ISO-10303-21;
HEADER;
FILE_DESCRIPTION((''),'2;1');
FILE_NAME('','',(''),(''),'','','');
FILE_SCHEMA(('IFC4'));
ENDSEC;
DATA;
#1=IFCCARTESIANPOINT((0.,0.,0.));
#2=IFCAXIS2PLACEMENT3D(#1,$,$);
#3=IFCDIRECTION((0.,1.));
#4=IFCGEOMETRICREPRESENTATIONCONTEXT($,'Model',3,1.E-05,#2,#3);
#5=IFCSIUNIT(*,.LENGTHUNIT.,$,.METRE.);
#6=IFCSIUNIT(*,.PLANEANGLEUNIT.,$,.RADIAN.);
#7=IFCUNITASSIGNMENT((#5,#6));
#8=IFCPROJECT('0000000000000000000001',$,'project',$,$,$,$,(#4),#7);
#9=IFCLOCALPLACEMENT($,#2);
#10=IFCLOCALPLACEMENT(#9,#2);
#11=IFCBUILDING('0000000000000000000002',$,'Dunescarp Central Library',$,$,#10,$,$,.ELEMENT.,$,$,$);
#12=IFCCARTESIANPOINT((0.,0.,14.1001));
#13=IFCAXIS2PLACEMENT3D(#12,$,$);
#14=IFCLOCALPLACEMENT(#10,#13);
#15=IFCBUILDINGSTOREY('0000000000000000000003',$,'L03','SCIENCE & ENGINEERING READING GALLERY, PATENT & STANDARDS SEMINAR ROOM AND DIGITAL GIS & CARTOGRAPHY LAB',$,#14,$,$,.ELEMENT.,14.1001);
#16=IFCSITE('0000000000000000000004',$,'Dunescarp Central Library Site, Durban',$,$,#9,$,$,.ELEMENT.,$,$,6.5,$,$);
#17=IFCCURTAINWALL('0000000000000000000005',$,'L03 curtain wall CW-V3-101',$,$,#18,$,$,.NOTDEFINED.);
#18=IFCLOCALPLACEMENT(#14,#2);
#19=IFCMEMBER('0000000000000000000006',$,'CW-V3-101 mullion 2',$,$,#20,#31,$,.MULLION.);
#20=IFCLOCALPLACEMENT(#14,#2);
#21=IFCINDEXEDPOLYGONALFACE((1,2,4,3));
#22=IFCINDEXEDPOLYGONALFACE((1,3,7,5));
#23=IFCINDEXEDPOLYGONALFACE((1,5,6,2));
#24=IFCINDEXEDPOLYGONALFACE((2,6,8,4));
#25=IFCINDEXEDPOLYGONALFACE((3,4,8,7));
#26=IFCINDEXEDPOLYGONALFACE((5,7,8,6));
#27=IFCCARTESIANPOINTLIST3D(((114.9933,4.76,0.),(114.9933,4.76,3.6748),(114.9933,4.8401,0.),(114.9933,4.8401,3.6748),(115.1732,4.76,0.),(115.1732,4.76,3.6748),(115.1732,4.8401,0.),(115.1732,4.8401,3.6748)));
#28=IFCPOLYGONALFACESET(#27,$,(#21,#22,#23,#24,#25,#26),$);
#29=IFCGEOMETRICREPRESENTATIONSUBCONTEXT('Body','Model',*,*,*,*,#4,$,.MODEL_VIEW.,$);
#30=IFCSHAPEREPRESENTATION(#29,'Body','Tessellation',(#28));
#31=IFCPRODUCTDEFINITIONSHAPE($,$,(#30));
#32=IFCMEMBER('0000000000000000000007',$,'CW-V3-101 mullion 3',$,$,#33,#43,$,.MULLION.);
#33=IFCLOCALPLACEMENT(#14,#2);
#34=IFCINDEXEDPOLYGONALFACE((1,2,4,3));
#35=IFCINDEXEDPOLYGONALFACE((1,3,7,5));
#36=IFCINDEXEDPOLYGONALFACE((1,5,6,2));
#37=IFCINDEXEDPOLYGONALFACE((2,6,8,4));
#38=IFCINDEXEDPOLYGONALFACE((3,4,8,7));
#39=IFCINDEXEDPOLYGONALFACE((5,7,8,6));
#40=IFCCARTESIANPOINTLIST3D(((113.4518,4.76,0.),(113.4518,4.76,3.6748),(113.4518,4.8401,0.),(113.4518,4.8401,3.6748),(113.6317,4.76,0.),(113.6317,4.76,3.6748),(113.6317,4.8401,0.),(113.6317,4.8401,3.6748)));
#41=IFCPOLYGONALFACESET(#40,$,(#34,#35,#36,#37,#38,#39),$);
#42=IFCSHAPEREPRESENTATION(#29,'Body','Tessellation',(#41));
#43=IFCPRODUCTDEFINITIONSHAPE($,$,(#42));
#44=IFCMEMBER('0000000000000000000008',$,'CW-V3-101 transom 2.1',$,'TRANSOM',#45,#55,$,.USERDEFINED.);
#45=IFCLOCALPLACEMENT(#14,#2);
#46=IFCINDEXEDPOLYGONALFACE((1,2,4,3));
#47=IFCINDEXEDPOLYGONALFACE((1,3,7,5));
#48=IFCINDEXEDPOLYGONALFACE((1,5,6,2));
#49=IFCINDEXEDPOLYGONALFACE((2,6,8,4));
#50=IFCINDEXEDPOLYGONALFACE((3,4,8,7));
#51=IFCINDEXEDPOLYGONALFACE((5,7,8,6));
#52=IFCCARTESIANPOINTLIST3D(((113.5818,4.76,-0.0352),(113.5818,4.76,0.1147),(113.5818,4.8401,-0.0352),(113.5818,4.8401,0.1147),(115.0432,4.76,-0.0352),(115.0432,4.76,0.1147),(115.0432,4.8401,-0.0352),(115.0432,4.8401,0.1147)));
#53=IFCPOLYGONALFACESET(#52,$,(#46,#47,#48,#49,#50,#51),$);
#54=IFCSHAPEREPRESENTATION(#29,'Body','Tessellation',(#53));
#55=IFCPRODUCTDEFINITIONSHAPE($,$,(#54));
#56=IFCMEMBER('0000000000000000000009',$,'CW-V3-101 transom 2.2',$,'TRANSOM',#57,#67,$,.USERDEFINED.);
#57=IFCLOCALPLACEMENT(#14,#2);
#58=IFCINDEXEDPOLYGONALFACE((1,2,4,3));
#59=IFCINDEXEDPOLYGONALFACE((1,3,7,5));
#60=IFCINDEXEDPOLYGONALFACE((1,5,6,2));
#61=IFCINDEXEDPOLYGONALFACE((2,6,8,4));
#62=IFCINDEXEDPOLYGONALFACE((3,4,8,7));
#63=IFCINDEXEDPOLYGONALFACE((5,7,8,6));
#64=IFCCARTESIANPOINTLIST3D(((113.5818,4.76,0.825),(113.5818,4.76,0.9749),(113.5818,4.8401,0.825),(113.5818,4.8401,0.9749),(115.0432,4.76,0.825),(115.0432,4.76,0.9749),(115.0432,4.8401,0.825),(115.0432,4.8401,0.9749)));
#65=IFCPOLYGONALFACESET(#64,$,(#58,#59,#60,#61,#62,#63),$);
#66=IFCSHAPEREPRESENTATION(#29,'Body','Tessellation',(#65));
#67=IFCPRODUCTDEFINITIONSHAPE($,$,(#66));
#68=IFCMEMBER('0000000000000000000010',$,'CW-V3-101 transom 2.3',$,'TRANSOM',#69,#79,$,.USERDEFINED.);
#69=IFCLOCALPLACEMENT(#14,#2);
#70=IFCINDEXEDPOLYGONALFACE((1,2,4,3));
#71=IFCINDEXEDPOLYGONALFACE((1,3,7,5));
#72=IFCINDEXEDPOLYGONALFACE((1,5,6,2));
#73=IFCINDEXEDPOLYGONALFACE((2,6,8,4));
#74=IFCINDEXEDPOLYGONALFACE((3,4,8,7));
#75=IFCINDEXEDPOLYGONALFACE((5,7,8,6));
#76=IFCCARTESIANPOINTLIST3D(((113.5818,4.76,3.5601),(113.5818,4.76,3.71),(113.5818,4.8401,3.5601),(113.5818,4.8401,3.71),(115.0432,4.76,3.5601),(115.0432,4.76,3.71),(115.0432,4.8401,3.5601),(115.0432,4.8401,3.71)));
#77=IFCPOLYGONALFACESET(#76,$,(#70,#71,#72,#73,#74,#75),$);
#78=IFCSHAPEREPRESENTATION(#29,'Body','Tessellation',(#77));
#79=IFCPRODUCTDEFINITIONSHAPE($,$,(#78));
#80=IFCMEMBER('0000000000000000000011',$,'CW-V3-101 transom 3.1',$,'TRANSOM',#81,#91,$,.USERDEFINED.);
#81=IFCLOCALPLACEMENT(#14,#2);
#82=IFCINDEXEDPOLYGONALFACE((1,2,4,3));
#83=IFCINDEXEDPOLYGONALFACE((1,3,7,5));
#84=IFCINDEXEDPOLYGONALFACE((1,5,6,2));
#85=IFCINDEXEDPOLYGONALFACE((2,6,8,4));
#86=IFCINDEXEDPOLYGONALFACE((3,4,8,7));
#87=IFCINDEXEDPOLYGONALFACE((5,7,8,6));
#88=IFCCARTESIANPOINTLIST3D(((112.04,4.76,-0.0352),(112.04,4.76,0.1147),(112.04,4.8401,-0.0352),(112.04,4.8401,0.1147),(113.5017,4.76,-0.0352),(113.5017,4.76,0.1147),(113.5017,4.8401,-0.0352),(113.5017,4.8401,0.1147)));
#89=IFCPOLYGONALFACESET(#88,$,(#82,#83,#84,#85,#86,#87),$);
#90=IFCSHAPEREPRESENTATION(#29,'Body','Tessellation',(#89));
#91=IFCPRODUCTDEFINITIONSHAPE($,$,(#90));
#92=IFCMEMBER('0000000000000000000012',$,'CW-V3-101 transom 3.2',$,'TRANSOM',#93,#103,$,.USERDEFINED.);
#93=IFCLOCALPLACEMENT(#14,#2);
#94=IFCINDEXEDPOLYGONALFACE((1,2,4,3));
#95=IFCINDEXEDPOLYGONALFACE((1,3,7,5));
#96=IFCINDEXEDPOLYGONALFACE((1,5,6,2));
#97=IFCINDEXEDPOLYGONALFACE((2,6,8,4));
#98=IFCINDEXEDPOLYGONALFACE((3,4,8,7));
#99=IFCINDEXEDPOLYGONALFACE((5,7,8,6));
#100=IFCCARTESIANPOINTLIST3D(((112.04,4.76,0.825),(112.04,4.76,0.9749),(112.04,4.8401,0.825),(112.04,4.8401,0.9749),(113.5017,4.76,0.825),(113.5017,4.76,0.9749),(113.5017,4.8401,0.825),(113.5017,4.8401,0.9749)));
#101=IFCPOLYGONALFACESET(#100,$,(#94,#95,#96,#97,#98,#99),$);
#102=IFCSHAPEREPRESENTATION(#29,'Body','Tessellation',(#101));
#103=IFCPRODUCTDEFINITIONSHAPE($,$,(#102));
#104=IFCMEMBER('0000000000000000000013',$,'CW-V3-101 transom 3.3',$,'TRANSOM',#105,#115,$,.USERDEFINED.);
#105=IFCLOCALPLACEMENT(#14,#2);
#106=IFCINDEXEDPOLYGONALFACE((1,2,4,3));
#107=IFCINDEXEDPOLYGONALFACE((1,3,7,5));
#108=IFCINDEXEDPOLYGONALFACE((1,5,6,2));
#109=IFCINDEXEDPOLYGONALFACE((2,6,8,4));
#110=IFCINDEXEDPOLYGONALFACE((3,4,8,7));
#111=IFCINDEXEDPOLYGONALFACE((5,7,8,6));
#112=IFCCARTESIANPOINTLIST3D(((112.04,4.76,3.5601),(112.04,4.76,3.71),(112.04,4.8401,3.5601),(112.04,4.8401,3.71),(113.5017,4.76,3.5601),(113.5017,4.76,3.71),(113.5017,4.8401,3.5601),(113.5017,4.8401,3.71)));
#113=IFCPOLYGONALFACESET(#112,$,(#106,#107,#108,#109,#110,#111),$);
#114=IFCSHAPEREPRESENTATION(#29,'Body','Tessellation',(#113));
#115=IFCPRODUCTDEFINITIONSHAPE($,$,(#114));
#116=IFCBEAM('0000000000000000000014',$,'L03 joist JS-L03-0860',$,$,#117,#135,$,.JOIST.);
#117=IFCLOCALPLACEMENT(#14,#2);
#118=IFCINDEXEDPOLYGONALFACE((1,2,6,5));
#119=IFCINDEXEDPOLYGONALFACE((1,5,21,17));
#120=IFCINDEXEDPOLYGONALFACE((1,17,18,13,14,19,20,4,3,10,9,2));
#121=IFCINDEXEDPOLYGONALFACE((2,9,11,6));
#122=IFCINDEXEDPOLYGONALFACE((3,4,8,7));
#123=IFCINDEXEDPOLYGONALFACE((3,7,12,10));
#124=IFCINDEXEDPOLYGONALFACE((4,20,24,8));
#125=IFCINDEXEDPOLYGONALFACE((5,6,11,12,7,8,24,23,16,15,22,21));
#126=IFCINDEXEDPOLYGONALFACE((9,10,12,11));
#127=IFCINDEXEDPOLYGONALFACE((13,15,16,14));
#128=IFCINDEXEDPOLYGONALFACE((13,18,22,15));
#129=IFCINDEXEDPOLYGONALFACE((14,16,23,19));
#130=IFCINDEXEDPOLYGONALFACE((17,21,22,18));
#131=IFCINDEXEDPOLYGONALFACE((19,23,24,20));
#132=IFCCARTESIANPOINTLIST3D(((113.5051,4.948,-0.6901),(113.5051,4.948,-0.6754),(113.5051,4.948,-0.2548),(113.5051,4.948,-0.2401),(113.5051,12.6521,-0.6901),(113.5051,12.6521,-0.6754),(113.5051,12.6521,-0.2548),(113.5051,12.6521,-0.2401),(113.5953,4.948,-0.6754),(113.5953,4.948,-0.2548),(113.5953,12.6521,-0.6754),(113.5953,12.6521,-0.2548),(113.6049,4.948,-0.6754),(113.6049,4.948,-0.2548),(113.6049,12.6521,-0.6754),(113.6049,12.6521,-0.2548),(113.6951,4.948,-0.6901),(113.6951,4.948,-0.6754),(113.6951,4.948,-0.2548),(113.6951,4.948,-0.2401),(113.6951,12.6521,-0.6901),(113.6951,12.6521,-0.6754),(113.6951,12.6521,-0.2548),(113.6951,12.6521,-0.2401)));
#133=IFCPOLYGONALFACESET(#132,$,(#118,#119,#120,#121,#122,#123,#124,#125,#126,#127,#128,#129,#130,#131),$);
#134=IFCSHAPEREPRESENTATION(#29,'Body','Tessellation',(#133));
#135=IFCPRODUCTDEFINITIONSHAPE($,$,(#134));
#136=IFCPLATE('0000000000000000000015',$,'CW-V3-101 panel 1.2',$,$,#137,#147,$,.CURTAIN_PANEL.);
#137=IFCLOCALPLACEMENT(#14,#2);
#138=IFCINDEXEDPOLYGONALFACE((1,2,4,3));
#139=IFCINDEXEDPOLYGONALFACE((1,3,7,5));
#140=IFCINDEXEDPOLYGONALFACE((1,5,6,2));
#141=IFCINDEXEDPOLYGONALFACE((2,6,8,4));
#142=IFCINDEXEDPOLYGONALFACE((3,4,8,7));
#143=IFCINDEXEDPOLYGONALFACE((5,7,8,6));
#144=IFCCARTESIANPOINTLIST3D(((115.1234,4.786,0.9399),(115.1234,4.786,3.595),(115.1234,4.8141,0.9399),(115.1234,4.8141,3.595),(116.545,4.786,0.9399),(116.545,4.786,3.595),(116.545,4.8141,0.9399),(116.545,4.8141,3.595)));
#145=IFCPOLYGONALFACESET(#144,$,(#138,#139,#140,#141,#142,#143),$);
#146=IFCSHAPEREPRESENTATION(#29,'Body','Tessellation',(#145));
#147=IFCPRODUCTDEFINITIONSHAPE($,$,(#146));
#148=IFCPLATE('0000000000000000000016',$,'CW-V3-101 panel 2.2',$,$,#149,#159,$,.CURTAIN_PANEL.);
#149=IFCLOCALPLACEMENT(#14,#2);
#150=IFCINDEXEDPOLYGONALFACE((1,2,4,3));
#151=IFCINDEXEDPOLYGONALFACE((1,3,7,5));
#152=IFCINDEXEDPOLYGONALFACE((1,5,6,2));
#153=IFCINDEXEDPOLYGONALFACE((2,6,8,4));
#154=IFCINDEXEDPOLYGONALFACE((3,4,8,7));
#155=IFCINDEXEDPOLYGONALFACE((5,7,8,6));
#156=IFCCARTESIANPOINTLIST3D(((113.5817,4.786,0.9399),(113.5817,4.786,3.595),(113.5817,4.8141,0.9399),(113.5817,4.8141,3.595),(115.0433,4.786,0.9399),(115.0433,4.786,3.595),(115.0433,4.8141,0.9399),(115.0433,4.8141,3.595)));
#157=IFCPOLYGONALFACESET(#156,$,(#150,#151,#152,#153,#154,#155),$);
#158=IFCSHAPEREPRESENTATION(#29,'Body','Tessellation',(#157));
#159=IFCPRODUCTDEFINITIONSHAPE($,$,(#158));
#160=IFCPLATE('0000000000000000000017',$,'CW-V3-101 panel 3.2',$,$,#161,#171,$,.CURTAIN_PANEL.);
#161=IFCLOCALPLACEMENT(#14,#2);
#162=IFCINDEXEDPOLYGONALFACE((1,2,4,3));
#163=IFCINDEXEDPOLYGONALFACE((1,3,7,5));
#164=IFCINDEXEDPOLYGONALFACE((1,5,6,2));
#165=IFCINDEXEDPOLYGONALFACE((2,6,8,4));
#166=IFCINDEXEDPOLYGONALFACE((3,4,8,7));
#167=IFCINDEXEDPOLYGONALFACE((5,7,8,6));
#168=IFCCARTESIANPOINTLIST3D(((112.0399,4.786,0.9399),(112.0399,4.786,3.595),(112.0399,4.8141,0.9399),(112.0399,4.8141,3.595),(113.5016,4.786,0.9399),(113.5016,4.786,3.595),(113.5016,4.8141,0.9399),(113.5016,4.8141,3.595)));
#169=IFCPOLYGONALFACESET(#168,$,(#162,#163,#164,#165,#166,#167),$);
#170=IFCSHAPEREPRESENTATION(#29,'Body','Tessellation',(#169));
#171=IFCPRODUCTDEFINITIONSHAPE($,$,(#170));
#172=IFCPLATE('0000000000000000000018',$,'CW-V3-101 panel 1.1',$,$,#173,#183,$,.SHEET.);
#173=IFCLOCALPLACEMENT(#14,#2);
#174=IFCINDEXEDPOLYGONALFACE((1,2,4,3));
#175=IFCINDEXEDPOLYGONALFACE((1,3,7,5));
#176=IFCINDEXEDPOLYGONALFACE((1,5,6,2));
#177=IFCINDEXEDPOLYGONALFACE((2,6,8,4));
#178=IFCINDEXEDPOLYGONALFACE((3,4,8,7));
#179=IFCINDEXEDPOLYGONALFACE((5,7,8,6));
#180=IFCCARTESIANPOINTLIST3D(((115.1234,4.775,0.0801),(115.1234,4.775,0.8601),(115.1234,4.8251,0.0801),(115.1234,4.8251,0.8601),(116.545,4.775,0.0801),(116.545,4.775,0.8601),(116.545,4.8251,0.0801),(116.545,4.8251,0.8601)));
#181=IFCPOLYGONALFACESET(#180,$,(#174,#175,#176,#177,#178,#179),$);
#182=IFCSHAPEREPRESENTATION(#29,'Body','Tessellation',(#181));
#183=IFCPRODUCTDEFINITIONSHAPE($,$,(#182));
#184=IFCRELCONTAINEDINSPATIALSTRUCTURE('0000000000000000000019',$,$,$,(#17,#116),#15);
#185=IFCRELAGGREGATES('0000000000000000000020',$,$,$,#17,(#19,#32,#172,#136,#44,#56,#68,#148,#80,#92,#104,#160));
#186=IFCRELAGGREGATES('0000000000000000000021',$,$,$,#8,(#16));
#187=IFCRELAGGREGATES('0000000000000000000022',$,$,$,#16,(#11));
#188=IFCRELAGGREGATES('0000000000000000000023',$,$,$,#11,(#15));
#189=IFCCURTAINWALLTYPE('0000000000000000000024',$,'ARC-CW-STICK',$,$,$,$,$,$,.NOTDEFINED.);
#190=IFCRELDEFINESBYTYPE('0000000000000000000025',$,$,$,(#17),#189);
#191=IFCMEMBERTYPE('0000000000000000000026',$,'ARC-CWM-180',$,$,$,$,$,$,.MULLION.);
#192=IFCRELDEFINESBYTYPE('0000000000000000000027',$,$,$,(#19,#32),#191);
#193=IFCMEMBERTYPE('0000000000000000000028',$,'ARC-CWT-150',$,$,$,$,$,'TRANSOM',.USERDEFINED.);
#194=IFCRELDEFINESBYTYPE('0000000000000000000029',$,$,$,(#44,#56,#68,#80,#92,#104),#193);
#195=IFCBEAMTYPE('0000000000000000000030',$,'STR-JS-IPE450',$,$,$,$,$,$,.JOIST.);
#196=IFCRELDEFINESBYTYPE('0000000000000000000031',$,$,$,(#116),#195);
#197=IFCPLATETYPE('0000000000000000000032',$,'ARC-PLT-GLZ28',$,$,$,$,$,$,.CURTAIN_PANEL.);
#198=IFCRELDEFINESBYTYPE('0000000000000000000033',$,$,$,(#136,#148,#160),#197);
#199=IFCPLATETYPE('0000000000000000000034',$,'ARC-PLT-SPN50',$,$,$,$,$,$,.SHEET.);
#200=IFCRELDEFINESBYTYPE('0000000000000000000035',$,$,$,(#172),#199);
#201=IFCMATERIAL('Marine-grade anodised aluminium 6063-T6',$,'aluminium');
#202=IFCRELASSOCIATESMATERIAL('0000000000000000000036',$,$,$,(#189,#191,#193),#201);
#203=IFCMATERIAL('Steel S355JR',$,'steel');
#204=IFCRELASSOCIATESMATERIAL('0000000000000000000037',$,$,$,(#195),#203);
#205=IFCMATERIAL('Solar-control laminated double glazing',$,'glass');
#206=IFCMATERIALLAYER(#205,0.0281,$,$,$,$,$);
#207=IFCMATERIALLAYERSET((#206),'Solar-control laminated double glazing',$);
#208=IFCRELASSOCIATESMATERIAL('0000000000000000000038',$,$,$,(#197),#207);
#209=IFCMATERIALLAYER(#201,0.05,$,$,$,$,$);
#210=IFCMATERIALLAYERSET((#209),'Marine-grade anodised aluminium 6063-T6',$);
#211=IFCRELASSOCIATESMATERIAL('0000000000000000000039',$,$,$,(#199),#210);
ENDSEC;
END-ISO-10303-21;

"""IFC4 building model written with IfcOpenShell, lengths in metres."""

from ifc_helpers import new_model, si_unit, direction, frame, origin, origin_2d, place, context, subcontext, project, spatial, rectangle, i_section, extrude, material, layer, layer_set, material_profile, profile_set, type_object, element, aggregate, save


model = new_model("IFC4")

# Units and contexts
model_context = context("Model", 3, precision=1e-05, world=origin(), true_north=direction((0.0, 1.0)))
body_context = subcontext(model_context, "Body", "Model", "MODEL_VIEW")
ifc_project = project(units=[si_unit("LENGTHUNIT", "METRE"), si_unit("PLANEANGLEUNIT", "RADIAN")], contexts=[model_context])

# Site, building, storey
site_placement = place(None, origin())
site = spatial("IfcSite", under=ifc_project, at=site_placement, Name="Dunescarp Central Library Site, Durban", CompositionType="ELEMENT", RefElevation=6.5)
building_placement = place(site_placement, origin())
building = spatial("IfcBuilding", under=site, at=building_placement, Name="Dunescarp Central Library", CompositionType="ELEMENT")
storey_placement = place(building_placement, frame((0.0, 0.0, 14.1001)))
storey = spatial("IfcBuildingStorey", under=building, at=storey_placement, Name="L03", Description="SCIENCE & ENGINEERING READING GALLERY, PATENT & STANDARDS SEMINAR ROOM AND DIGITAL GIS & CARTOGRAPHY LAB", CompositionType="ELEMENT", Elevation=14.1001)

# Curtain wall, members
ifc_material_1 = material(Name="Marine-grade anodised aluminium 6063-T6", Category="aluminium")
curtain_wall_type = type_object("IfcCurtainWallType", Name="ARC-CW-STICK", PredefinedType="NOTDEFINED", material=ifc_material_1)
curtain_wall_placement = place(storey_placement, origin())
curtain_wall = element("IfcCurtainWall", 1, at=curtain_wall_placement, inside=storey, type_object=curtain_wall_type, Name="L03 curtain wall CW-V3-101", PredefinedType="NOTDEFINED")
ifc_material_profile_1 = material_profile(ifc_material_1, rectangle(XDim=0.0801, YDim=0.1799, at=origin_2d()), Name="AL 80x180")
ifc_profile_set_1 = profile_set([ifc_material_profile_1], Name="Marine-grade anodised aluminium 6063-T6")
member_type_1 = type_object("IfcMemberType", Name="ARC-CWM-180", PredefinedType="MULLION", material=ifc_profile_set_1)
member_1_placement = place(storey_placement, frame((115.0833, 4.8, 0.0), z_axis=(0.0, 0.0, 1.0), x_axis=(0.0, -1.0, 0.0)))
member_1 = element("IfcMember", 2, at=member_1_placement, type_object=member_type_1, Name="CW-V3-101 mullion 2", PredefinedType="MULLION", context=body_context, shape_type="SweptSolid", body=[
    extrude(rectangle(XDim=0.0801, YDim=0.1799, at=origin_2d()), origin(), (0.0, 0.0, 1.0), 3.6748),
])
member_2_placement = place(storey_placement, frame((113.5417, 4.8, 0.0), z_axis=(0.0, 0.0, 1.0), x_axis=(0.0, -1.0, 0.0)))
member_2 = element("IfcMember", 3, at=member_2_placement, type_object=member_type_1, Name="CW-V3-101 mullion 3", PredefinedType="MULLION", context=body_context, shape_type="SweptSolid", body=[
    extrude(rectangle(XDim=0.0801, YDim=0.1799, at=origin_2d()), origin(), (0.0, 0.0, 1.0), 3.6748),
])
ifc_material_profile_2 = material_profile(ifc_material_1, rectangle(XDim=0.0801, YDim=0.1499, at=origin_2d()), Name="AL 80x150")
ifc_profile_set_2 = profile_set([ifc_material_profile_2], Name="Marine-grade anodised aluminium 6063-T6")
member_type_2 = type_object("IfcMemberType", Name="ARC-CWT-150", ElementType="TRANSOM", PredefinedType="USERDEFINED", material=ifc_profile_set_2)
member_3_placement = place(storey_placement, frame((115.0432, 4.8, 0.0398), z_axis=(-1.0, 0.0, 0.0), x_axis=(0.0, -1.0, 0.0)))
member_3 = element("IfcMember", 4, at=member_3_placement, type_object=member_type_2, Name="CW-V3-101 transom 2.1", ObjectType="TRANSOM", PredefinedType="USERDEFINED", context=body_context, shape_type="SweptSolid", body=[
    extrude(rectangle(XDim=0.0801, YDim=0.1499, at=origin_2d()), origin(), (0.0, 0.0, 1.0), 1.4614),
])
member_4_placement = place(storey_placement, frame((115.0432, 4.8, 0.8999), z_axis=(-1.0, 0.0, 0.0), x_axis=(0.0, -1.0, 0.0)))
member_4 = element("IfcMember", 5, at=member_4_placement, type_object=member_type_2, Name="CW-V3-101 transom 2.2", ObjectType="TRANSOM", PredefinedType="USERDEFINED", context=body_context, shape_type="SweptSolid", body=[
    extrude(rectangle(XDim=0.0801, YDim=0.1499, at=origin_2d()), origin(), (0.0, 0.0, 1.0), 1.4614),
])
member_5_placement = place(storey_placement, frame((115.0432, 4.8, 3.635), z_axis=(-1.0, 0.0, 0.0), x_axis=(0.0, -1.0, 0.0)))
member_5 = element("IfcMember", 6, at=member_5_placement, type_object=member_type_2, Name="CW-V3-101 transom 2.3", ObjectType="TRANSOM", PredefinedType="USERDEFINED", context=body_context, shape_type="SweptSolid", body=[
    extrude(rectangle(XDim=0.0801, YDim=0.1499, at=origin_2d()), origin(), (0.0, 0.0, 1.0), 1.4614),
])
member_6_placement = place(storey_placement, frame((113.5017, 4.8, 0.0398), z_axis=(-1.0, 0.0, 0.0), x_axis=(0.0, -1.0, 0.0)))
member_6 = element("IfcMember", 7, at=member_6_placement, type_object=member_type_2, Name="CW-V3-101 transom 3.1", ObjectType="TRANSOM", PredefinedType="USERDEFINED", context=body_context, shape_type="SweptSolid", body=[
    extrude(rectangle(XDim=0.0801, YDim=0.1499, at=origin_2d()), origin(), (0.0, 0.0, 1.0), 1.4617),
])
member_7_placement = place(storey_placement, frame((113.5017, 4.8, 0.8999), z_axis=(-1.0, 0.0, 0.0), x_axis=(0.0, -1.0, 0.0)))
member_7 = element("IfcMember", 8, at=member_7_placement, type_object=member_type_2, Name="CW-V3-101 transom 3.2", ObjectType="TRANSOM", PredefinedType="USERDEFINED", context=body_context, shape_type="SweptSolid", body=[
    extrude(rectangle(XDim=0.0801, YDim=0.1499, at=origin_2d()), origin(), (0.0, 0.0, 1.0), 1.4617),
])
member_8_placement = place(storey_placement, frame((113.5017, 4.8, 3.635), z_axis=(-1.0, 0.0, 0.0), x_axis=(0.0, -1.0, 0.0)))
member_8 = element("IfcMember", 9, at=member_8_placement, type_object=member_type_2, Name="CW-V3-101 transom 3.3", ObjectType="TRANSOM", PredefinedType="USERDEFINED", context=body_context, shape_type="SweptSolid", body=[
    extrude(rectangle(XDim=0.0801, YDim=0.1499, at=origin_2d()), origin(), (0.0, 0.0, 1.0), 1.4617),
])

# Beam
ifc_material_2 = material(Name="Steel S355JR", Category="steel")
ifc_material_profile_3 = material_profile(ifc_material_2, i_section(OverallWidth=0.1899, OverallDepth=0.45, WebThickness=0.0095, FlangeThickness=0.0146, at=origin_2d()), Name="IPE 450")
ifc_profile_set_3 = profile_set([ifc_material_profile_3], Name="Steel S355JR")
beam_type = type_object("IfcBeamType", Name="STR-JS-IPE450", PredefinedType="JOIST", material=ifc_profile_set_3)
beam_placement = place(storey_placement, frame((113.6001, 4.948, -0.4651), z_axis=(0.0, 1.0, 0.0), x_axis=(-1.0, 0.0, 0.0)))
element("IfcBeam", 10, at=beam_placement, inside=storey, type_object=beam_type, Name="L03 joist JS-L03-0860", PredefinedType="JOIST", context=body_context, shape_type="SweptSolid", body=[
    extrude(i_section(OverallWidth=0.1899, OverallDepth=0.45, WebThickness=0.0095, FlangeThickness=0.0146, at=origin_2d()), origin(), (0.0, 0.0, 1.0), 7.7041),
])

# Plates
ifc_material_3 = material(Name="Solar-control laminated double glazing", Category="glass")
ifc_layer_1 = layer(ifc_material_3, 0.0281)
ifc_layer_set_1 = layer_set([ifc_layer_1], Name="Solar-control laminated double glazing")
plate_type_1 = type_object("IfcPlateType", Name="ARC-PLT-GLZ28", PredefinedType="CURTAIN_PANEL", material=ifc_layer_set_1)
plate_1_placement = place(storey_placement, frame((115.8342, 4.8, 0.9399), z_axis=(0.0, 0.0, 1.0), x_axis=(-1.0, 0.0, 0.0)))
plate_1 = element("IfcPlate", 11, at=plate_1_placement, type_object=plate_type_1, Name="CW-V3-101 panel 1.2", PredefinedType="CURTAIN_PANEL", context=body_context, shape_type="SweptSolid", body=[
    extrude(rectangle(XDim=1.4216, YDim=0.0281, at=origin_2d()), origin(), (0.0, 0.0, 1.0), 2.655),
])
plate_2_placement = place(storey_placement, frame((114.3125, 4.8, 0.9399), z_axis=(0.0, 0.0, 1.0), x_axis=(-1.0, 0.0, 0.0)))
plate_2 = element("IfcPlate", 12, at=plate_2_placement, type_object=plate_type_1, Name="CW-V3-101 panel 2.2", PredefinedType="CURTAIN_PANEL", context=body_context, shape_type="SweptSolid", body=[
    extrude(rectangle(XDim=1.4617, YDim=0.0281, at=origin_2d()), origin(), (0.0, 0.0, 1.0), 2.655),
])
plate_3_placement = place(storey_placement, frame((112.7708, 4.8, 0.9399), z_axis=(0.0, 0.0, 1.0), x_axis=(-1.0, 0.0, 0.0)))
plate_3 = element("IfcPlate", 13, at=plate_3_placement, type_object=plate_type_1, Name="CW-V3-101 panel 3.2", PredefinedType="CURTAIN_PANEL", context=body_context, shape_type="SweptSolid", body=[
    extrude(rectangle(XDim=1.4617, YDim=0.0281, at=origin_2d()), origin(), (0.0, 0.0, 1.0), 2.655),
])
ifc_layer_2 = layer(ifc_material_1, 0.05)
ifc_layer_set_2 = layer_set([ifc_layer_2], Name="Marine-grade anodised aluminium 6063-T6")
plate_type_2 = type_object("IfcPlateType", Name="ARC-PLT-SPN50", PredefinedType="SHEET", material=ifc_layer_set_2)
plate_4_placement = place(storey_placement, frame((115.8342, 4.8, 0.0801), z_axis=(0.0, 0.0, 1.0), x_axis=(-1.0, 0.0, 0.0)))
plate_4 = element("IfcPlate", 14, at=plate_4_placement, type_object=plate_type_2, Name="CW-V3-101 panel 1.1", PredefinedType="SHEET", context=body_context, shape_type="SweptSolid", body=[
    extrude(rectangle(XDim=1.4216, YDim=0.05, at=origin_2d()), origin(), (0.0, 0.0, 1.0), 0.78),
])
aggregate(curtain_wall, [member_1, member_2, plate_4, plate_1, member_3, member_4, member_5, plate_2, member_6, member_7, member_8, plate_3])

save(model, "model.ifc")
